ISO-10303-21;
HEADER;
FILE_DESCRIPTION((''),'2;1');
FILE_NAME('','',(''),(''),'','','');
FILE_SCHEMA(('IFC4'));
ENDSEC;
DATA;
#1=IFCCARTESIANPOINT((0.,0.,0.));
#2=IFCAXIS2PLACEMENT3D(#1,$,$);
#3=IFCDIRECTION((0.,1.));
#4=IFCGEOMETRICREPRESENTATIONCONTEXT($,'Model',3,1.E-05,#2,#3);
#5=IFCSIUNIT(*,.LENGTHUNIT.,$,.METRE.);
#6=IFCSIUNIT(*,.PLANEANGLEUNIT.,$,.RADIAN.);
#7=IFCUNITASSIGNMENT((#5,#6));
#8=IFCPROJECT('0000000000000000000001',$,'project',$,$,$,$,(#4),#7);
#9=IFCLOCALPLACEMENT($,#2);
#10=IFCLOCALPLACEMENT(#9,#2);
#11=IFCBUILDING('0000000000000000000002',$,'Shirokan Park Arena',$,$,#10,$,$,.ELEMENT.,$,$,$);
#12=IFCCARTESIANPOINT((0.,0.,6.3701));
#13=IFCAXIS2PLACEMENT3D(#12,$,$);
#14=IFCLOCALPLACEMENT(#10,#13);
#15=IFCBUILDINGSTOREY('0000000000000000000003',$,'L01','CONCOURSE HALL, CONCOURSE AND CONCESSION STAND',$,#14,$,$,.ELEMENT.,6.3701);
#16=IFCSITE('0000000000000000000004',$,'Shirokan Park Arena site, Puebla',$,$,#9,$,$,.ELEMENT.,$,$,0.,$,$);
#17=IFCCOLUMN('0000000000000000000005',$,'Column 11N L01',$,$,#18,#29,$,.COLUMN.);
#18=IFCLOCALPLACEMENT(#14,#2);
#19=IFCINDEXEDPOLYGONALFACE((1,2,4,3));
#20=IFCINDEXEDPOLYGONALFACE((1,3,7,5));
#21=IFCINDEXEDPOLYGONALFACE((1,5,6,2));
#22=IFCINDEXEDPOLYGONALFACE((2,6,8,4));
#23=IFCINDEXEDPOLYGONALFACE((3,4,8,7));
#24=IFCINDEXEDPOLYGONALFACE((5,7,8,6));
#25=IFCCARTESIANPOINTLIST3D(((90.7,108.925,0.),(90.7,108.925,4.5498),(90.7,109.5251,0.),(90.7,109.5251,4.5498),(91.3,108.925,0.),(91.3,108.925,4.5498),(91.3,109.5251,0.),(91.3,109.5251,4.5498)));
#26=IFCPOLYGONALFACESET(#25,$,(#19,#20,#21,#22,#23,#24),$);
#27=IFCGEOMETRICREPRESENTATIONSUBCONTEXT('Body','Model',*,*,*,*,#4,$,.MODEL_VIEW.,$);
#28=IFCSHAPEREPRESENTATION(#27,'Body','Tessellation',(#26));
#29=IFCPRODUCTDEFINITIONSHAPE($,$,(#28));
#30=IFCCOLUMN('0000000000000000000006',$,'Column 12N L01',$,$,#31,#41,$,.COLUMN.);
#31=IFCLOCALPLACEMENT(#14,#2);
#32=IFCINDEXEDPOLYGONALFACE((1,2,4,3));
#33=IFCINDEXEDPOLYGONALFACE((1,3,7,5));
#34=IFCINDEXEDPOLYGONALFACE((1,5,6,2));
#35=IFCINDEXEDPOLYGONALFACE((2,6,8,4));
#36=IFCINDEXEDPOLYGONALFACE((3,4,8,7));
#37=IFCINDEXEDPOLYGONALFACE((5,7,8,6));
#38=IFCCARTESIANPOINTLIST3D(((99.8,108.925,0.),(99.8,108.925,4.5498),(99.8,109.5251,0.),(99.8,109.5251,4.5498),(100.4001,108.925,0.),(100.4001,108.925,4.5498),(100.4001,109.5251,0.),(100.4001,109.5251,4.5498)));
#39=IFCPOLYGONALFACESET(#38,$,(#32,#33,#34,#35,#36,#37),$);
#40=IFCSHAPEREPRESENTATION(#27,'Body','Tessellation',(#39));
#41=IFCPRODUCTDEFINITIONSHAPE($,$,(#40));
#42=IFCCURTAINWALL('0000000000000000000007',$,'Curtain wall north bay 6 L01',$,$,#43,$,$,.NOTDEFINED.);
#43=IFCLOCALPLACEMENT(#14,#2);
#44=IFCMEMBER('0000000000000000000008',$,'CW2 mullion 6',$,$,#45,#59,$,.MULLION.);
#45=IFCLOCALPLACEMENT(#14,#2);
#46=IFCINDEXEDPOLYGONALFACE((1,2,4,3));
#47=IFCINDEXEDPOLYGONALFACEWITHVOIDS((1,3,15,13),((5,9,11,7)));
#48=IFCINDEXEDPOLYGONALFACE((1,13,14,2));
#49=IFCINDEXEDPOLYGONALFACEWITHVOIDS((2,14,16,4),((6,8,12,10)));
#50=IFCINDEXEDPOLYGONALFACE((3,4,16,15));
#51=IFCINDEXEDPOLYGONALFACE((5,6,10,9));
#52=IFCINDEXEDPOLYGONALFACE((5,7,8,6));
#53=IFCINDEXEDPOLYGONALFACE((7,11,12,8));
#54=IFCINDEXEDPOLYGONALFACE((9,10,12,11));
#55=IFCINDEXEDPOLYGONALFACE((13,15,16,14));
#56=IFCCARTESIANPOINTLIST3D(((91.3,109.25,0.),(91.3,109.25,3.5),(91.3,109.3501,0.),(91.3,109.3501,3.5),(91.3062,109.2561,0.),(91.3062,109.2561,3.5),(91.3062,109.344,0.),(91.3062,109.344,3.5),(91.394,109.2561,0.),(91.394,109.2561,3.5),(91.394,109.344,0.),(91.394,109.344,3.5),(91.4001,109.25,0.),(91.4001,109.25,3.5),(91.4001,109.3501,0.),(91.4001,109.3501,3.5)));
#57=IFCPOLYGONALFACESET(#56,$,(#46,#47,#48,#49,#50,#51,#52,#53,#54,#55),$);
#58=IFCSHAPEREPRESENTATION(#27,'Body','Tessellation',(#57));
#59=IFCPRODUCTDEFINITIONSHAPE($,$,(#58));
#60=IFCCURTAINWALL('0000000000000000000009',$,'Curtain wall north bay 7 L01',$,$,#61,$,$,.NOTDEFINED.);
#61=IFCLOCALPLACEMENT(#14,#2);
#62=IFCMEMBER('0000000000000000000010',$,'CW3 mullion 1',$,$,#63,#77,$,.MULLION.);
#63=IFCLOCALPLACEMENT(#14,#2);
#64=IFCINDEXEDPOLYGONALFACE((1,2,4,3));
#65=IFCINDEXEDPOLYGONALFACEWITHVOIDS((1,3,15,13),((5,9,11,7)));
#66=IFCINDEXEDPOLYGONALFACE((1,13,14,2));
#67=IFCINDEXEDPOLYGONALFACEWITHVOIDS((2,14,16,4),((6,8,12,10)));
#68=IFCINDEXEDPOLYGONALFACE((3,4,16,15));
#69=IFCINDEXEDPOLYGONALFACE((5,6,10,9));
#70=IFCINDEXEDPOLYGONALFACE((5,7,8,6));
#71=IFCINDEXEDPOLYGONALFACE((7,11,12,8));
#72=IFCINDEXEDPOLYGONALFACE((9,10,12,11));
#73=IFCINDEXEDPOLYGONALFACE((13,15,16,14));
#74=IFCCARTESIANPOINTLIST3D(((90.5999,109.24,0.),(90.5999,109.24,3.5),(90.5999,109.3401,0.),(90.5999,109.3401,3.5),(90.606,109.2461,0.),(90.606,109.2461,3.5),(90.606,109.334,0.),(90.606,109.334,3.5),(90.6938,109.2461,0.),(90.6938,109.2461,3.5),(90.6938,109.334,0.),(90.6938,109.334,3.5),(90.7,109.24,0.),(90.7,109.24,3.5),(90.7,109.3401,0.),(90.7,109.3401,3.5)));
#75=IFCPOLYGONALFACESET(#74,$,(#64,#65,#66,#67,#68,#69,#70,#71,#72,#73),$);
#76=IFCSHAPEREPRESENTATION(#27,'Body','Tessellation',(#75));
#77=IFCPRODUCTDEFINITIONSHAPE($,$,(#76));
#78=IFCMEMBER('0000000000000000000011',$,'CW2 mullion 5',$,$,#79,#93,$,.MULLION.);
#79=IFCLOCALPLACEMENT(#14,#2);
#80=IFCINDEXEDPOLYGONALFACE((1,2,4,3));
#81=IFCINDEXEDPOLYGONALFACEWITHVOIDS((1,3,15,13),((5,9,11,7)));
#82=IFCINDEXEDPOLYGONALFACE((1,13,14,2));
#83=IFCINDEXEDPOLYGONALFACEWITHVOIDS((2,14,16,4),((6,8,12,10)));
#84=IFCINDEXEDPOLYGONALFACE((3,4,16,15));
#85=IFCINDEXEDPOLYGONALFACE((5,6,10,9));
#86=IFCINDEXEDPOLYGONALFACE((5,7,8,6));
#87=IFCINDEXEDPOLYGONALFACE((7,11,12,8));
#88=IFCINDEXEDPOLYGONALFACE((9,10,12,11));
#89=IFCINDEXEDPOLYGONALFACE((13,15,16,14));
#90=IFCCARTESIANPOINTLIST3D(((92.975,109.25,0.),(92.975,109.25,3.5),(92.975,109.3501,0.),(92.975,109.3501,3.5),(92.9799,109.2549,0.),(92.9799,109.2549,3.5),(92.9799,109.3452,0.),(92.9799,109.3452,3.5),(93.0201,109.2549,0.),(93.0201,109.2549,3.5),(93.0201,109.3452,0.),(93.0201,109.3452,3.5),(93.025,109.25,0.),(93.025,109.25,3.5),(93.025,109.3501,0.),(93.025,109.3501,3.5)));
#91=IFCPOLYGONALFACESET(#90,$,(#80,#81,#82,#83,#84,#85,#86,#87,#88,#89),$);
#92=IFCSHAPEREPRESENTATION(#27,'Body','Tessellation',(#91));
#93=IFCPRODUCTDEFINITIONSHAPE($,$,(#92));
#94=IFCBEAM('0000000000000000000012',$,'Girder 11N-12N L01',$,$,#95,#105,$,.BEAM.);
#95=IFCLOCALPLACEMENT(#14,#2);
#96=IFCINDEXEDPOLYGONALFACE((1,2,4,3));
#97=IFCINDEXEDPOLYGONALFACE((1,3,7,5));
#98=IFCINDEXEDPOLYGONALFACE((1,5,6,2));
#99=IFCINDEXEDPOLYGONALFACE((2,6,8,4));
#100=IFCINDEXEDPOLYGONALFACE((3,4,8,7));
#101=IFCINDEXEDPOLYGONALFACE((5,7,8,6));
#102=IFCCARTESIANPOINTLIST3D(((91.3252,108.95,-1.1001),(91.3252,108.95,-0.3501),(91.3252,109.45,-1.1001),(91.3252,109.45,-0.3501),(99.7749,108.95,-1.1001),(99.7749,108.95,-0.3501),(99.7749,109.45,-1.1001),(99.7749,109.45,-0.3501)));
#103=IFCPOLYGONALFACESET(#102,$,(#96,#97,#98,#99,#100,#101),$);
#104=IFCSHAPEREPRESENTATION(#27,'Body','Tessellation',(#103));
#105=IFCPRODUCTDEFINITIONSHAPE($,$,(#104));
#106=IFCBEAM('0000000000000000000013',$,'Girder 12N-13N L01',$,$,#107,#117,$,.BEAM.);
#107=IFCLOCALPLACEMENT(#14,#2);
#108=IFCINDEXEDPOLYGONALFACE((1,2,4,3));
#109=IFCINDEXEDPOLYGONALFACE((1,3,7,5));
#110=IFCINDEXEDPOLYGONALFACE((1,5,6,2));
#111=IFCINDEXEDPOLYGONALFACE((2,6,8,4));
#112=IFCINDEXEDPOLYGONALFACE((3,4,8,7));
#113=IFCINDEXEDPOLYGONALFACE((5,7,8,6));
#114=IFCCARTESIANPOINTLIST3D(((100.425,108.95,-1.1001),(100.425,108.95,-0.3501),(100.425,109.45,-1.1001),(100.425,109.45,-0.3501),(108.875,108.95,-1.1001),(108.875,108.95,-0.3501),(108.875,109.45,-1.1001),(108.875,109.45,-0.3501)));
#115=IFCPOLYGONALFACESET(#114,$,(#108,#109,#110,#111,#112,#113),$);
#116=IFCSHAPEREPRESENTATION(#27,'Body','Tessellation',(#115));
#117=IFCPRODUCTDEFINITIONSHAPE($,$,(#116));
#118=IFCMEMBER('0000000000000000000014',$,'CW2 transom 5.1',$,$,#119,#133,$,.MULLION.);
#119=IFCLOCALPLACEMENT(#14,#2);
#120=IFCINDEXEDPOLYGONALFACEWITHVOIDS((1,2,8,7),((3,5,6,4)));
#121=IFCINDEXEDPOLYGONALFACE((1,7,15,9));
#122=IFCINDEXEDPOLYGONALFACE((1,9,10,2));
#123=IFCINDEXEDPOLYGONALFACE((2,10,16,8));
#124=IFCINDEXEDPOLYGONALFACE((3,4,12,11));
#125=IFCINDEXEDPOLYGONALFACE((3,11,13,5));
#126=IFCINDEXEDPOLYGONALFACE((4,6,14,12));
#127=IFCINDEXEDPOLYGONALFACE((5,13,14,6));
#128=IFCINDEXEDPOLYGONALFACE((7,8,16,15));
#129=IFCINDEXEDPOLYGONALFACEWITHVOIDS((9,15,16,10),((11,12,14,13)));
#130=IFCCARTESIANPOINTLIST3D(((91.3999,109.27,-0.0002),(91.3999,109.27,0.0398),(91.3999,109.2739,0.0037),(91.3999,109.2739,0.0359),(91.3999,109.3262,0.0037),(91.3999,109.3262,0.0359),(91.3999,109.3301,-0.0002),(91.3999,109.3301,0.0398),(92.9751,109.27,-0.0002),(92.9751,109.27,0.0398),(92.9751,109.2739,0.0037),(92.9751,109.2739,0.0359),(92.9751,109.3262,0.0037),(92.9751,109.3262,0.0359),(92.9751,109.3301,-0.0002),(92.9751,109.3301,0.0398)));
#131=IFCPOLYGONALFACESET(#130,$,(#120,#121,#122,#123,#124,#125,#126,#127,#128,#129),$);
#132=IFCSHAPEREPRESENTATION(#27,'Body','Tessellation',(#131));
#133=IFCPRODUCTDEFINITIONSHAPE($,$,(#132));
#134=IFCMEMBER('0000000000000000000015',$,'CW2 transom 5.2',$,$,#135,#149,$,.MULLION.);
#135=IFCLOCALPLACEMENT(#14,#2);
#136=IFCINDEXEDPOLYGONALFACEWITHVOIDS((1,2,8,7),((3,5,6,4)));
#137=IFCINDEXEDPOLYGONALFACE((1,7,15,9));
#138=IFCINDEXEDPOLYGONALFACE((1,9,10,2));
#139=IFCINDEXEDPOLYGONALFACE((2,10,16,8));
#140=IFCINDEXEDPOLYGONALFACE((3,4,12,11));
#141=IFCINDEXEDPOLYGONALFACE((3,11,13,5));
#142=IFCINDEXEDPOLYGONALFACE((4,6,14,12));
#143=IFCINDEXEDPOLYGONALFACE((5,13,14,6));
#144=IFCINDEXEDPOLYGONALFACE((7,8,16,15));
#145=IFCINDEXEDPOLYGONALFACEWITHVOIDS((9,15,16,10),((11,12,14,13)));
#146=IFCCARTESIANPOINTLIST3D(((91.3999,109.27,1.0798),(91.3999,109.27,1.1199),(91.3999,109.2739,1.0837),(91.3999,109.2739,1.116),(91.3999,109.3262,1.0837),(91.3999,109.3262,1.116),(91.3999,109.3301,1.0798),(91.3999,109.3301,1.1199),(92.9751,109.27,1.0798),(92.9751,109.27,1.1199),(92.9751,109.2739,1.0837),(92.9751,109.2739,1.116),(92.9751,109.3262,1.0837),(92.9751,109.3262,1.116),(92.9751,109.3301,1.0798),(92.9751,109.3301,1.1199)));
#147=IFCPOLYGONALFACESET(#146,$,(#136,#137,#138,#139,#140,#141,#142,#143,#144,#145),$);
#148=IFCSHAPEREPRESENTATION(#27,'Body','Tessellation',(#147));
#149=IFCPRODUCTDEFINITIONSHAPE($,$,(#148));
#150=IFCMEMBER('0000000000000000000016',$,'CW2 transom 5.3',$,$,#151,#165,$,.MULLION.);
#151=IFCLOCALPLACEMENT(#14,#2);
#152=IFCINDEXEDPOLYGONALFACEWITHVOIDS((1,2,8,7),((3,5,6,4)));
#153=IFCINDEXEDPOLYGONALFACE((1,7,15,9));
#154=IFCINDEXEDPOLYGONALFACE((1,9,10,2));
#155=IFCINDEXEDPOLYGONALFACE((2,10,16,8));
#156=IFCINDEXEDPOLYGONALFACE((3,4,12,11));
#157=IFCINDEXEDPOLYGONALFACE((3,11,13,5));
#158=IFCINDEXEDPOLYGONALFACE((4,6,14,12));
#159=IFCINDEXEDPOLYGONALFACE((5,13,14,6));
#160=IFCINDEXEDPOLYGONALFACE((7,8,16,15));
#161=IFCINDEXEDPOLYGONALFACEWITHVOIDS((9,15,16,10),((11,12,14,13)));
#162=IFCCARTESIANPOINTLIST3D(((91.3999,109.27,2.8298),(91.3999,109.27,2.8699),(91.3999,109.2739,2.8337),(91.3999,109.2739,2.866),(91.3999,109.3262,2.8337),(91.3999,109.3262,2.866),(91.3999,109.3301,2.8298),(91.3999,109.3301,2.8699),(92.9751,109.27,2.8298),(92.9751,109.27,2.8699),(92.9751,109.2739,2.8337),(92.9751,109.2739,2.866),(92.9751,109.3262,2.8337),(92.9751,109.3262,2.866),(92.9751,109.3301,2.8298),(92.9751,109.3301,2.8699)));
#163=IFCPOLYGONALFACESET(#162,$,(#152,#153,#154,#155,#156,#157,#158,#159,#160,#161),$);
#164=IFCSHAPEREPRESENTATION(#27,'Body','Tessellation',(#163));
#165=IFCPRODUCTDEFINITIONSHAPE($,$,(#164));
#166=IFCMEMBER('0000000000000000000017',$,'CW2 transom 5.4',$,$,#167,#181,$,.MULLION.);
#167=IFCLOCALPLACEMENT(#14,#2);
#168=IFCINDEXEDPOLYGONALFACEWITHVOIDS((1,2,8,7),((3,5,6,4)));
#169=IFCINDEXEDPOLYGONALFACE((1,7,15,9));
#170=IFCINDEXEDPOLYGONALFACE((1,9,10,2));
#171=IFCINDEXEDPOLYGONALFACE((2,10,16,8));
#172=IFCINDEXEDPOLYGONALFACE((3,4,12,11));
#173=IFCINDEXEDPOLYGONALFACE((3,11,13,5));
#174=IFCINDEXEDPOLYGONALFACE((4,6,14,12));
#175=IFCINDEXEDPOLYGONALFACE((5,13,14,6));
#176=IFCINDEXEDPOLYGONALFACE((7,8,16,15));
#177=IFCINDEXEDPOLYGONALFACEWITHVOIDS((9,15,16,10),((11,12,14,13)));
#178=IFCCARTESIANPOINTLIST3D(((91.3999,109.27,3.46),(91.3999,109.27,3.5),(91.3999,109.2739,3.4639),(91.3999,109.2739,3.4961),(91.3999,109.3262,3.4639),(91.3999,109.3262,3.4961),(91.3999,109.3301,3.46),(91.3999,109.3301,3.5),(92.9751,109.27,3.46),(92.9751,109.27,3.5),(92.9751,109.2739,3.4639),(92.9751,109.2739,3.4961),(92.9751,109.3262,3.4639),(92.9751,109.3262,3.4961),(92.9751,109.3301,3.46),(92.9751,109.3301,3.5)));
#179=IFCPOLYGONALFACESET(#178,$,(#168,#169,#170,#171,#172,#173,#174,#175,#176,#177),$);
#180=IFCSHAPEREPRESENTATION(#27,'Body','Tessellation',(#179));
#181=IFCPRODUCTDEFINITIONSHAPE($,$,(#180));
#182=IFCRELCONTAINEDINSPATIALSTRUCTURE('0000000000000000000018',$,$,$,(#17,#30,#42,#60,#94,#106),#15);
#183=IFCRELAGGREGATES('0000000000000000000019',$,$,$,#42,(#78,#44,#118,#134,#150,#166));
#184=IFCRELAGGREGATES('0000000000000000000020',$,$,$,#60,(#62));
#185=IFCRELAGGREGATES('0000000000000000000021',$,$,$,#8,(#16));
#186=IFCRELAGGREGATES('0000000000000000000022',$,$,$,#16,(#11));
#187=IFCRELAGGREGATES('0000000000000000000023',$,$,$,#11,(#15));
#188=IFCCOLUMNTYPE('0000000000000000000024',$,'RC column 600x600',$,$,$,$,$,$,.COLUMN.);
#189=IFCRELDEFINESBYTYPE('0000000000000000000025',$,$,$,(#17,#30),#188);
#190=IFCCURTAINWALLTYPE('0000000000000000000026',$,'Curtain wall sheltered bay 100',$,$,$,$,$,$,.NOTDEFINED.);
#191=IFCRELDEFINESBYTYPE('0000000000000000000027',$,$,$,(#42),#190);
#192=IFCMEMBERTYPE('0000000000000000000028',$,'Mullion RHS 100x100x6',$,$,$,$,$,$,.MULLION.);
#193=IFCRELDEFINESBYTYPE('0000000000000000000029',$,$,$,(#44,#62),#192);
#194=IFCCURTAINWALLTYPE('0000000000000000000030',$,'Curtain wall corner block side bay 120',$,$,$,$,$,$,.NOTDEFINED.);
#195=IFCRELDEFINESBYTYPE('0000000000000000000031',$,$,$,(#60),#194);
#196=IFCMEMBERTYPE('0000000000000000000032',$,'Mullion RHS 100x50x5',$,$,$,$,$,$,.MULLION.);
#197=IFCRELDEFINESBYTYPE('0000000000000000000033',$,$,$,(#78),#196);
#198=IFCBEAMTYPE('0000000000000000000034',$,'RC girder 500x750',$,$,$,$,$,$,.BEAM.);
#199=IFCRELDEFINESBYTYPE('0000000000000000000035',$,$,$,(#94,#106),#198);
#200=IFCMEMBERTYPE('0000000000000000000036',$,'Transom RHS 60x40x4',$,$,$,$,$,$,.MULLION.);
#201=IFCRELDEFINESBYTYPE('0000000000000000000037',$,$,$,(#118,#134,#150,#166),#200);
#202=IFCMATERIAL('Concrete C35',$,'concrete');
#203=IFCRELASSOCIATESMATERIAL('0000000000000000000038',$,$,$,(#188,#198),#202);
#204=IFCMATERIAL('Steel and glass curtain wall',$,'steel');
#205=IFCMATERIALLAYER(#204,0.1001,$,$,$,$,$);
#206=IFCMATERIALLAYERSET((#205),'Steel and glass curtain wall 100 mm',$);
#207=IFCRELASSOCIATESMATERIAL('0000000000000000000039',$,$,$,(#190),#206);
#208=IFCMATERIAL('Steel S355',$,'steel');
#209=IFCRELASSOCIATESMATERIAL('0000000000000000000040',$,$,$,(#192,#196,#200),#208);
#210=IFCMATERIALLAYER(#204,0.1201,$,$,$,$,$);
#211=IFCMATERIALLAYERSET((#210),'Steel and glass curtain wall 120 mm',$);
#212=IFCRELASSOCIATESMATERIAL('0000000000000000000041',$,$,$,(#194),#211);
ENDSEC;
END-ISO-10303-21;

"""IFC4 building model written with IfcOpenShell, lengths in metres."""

from ifc_helpers import new_model, si_unit, direction, frame, origin, origin_2d, place, context, subcontext, project, spatial, rectangle, hollow_rectangle, extrude, material, layer, layer_set, material_profile, profile_set, type_object, element, aggregate, save


model = new_model("IFC4")

# Units and contexts
model_context = context("Model", 3, precision=1e-05, world=origin(), true_north=direction((0.0, 1.0)))
body_context = subcontext(model_context, "Body", "Model", "MODEL_VIEW")
ifc_project = project(units=[si_unit("LENGTHUNIT", "METRE"), si_unit("PLANEANGLEUNIT", "RADIAN")], contexts=[model_context])

# Site, building, storey
site_placement = place(None, origin())
site = spatial("IfcSite", under=ifc_project, at=site_placement, Name="Shirokan Park Arena site, Puebla", CompositionType="ELEMENT", RefElevation=0.0)
building_placement = place(site_placement, origin())
building = spatial("IfcBuilding", under=site, at=building_placement, Name="Shirokan Park Arena", CompositionType="ELEMENT")
storey_placement = place(building_placement, frame((0.0, 0.0, 6.3701)))
storey = spatial("IfcBuildingStorey", under=building, at=storey_placement, Name="L01", Description="CONCOURSE HALL, CONCOURSE AND CONCESSION STAND", CompositionType="ELEMENT", Elevation=6.3701)

# Columns
ifc_material_1 = material(Name="Concrete C35", Category="concrete")
ifc_material_profile_1 = material_profile(ifc_material_1, rectangle(XDim=0.6001, YDim=0.6001, at=origin_2d()), Name="600x600")
ifc_profile_set_1 = profile_set([ifc_material_profile_1], Name="Concrete C35")
column_type = type_object("IfcColumnType", Name="RC column 600x600", PredefinedType="COLUMN", material=ifc_profile_set_1)
for number, where, z_axis, x_axis, name in (
    (1, (91.0, 109.2251, 0.0), (0.0, 0.0, 1.0), (1.0, 0.0, 0.0), "Column 11N L01"),
    (2, (100.1001, 109.2251, 0.0), (0.0, 0.0, 1.0), (1.0, 0.0, 0.0), "Column 12N L01"),
):
    element("IfcColumn", number, at=place(storey_placement, frame(where, z_axis=z_axis, x_axis=x_axis)), inside=storey, type_object=column_type, Name=name, PredefinedType="COLUMN", context=body_context, shape_type="SweptSolid", body=[
        extrude(rectangle(XDim=0.6001, YDim=0.6001, at=origin_2d()), origin(), (0.0, 0.0, 1.0), 4.5498),
    ])

# Curtain walls, members
ifc_material_2 = material(Name="Steel and glass curtain wall", Category="steel")
ifc_layer_1 = layer(ifc_material_2, 0.1001)
ifc_layer_set_1 = layer_set([ifc_layer_1], Name="Steel and glass curtain wall 100 mm")
curtain_wall_type_1 = type_object("IfcCurtainWallType", Name="Curtain wall sheltered bay 100", PredefinedType="NOTDEFINED", material=ifc_layer_set_1)
curtain_wall_1_placement = place(storey_placement, origin())
curtain_wall_1 = element("IfcCurtainWall", 3, at=curtain_wall_1_placement, inside=storey, type_object=curtain_wall_type_1, Name="Curtain wall north bay 6 L01", PredefinedType="NOTDEFINED")
ifc_material_3 = material(Name="Steel S355", Category="steel")
ifc_material_profile_2 = material_profile(ifc_material_3, hollow_rectangle(XDim=0.1001, YDim=0.1001, WallThickness=0.0061, at=origin_2d()), Name="RHS 100x100x6")
ifc_profile_set_2 = profile_set([ifc_material_profile_2], Name="Steel S355")
member_type_1 = type_object("IfcMemberType", Name="Mullion RHS 100x100x6", PredefinedType="MULLION", material=ifc_profile_set_2)
member_1_placement = place(storey_placement, frame((91.3501, 109.3, 0.0), z_axis=(0.0, 0.0, 1.0), x_axis=(0.0, -1.0, 0.0)))
member_1 = element("IfcMember", 4, at=member_1_placement, type_object=member_type_1, Name="CW2 mullion 6", PredefinedType="MULLION", context=body_context, shape_type="SweptSolid", body=[
    extrude(hollow_rectangle(XDim=0.1001, YDim=0.1001, WallThickness=0.0061, at=origin_2d()), origin(), (0.0, 0.0, 1.0), 3.5),
])
ifc_layer_2 = layer(ifc_material_2, 0.1201)
ifc_layer_set_2 = layer_set([ifc_layer_2], Name="Steel and glass curtain wall 120 mm")
curtain_wall_type_2 = type_object("IfcCurtainWallType", Name="Curtain wall corner block side bay 120", PredefinedType="NOTDEFINED", material=ifc_layer_set_2)
curtain_wall_2_placement = place(storey_placement, origin())
curtain_wall_2 = element("IfcCurtainWall", 5, at=curtain_wall_2_placement, inside=storey, type_object=curtain_wall_type_2, Name="Curtain wall north bay 7 L01", PredefinedType="NOTDEFINED")
member_2_placement = place(storey_placement, frame((90.6499, 109.29, 0.0), z_axis=(0.0, 0.0, 1.0), x_axis=(0.0, -1.0, 0.0)))
member_2 = element("IfcMember", 6, at=member_2_placement, type_object=member_type_1, Name="CW3 mullion 1", PredefinedType="MULLION", context=body_context, shape_type="SweptSolid", body=[
    extrude(hollow_rectangle(XDim=0.1001, YDim=0.1001, WallThickness=0.0061, at=origin_2d()), origin(), (0.0, 0.0, 1.0), 3.5),
])

# Member
ifc_material_profile_3 = material_profile(ifc_material_3, hollow_rectangle(XDim=0.1001, YDim=0.05, WallThickness=0.0049, at=origin_2d()), Name="RHS 100x50x5")
ifc_profile_set_3 = profile_set([ifc_material_profile_3], Name="Steel S355")
member_type_2 = type_object("IfcMemberType", Name="Mullion RHS 100x50x5", PredefinedType="MULLION", material=ifc_profile_set_3)
member_3_placement = place(storey_placement, frame((93.0, 109.3, 0.0), z_axis=(0.0, 0.0, 1.0), x_axis=(0.0, -1.0, 0.0)))
member_3 = element("IfcMember", 7, at=member_3_placement, type_object=member_type_2, Name="CW2 mullion 5", PredefinedType="MULLION", context=body_context, shape_type="SweptSolid", body=[
    extrude(hollow_rectangle(XDim=0.1001, YDim=0.05, WallThickness=0.0049, at=origin_2d()), origin(), (0.0, 0.0, 1.0), 3.5),
])

# Beams
ifc_material_profile_4 = material_profile(ifc_material_1, rectangle(XDim=0.5, YDim=0.75, at=origin_2d()), Name="500x750")
ifc_profile_set_4 = profile_set([ifc_material_profile_4], Name="Concrete C35")
beam_type = type_object("IfcBeamType", Name="RC girder 500x750", PredefinedType="BEAM", material=ifc_profile_set_4)
beam_1_placement = place(storey_placement, frame((91.3252, 109.2, -0.7251), z_axis=(1.0, 0.0, 0.0), x_axis=(0.0, 1.0, 0.0)))
element("IfcBeam", 8, at=beam_1_placement, inside=storey, type_object=beam_type, Name="Girder 11N-12N L01", PredefinedType="BEAM", context=body_context, shape_type="SweptSolid", body=[
    extrude(rectangle(XDim=0.5, YDim=0.75, at=origin_2d()), origin(), (0.0, 0.0, 1.0), 8.4497),
])
beam_2_placement = place(storey_placement, frame((100.425, 109.2, -0.7251), z_axis=(1.0, 0.0, 0.0), x_axis=(0.0, 1.0, 0.0)))
element("IfcBeam", 9, at=beam_2_placement, inside=storey, type_object=beam_type, Name="Girder 12N-13N L01", PredefinedType="BEAM", context=body_context, shape_type="SweptSolid", body=[
    extrude(rectangle(XDim=0.5, YDim=0.75, at=origin_2d()), origin(), (0.0, 0.0, 1.0), 8.45),
])

# Members
ifc_material_profile_5 = material_profile(ifc_material_3, hollow_rectangle(XDim=0.0601, YDim=0.04, WallThickness=0.0039, at=origin_2d()), Name="RHS 60x40x4")
ifc_profile_set_5 = profile_set([ifc_material_profile_5], Name="Steel S355")
member_type_3 = type_object("IfcMemberType", Name="Transom RHS 60x40x4", PredefinedType="MULLION", material=ifc_profile_set_5)
member_4_placement = place(storey_placement, frame((92.9751, 109.3, 0.0198), z_axis=(-1.0, 0.0, 0.0), x_axis=(0.0, -1.0, 0.0)))
member_4 = element("IfcMember", 10, at=member_4_placement, type_object=member_type_3, Name="CW2 transom 5.1", PredefinedType="MULLION", context=body_context, shape_type="SweptSolid", body=[
    extrude(hollow_rectangle(XDim=0.0601, YDim=0.04, WallThickness=0.0039, at=origin_2d()), origin(), (0.0, 0.0, 1.0), 1.5752),
])
member_5_placement = place(storey_placement, frame((92.9751, 109.3, 1.0999), z_axis=(-1.0, 0.0, 0.0), x_axis=(0.0, -1.0, 0.0)))
member_5 = element("IfcMember", 11, at=member_5_placement, type_object=member_type_3, Name="CW2 transom 5.2", PredefinedType="MULLION", context=body_context, shape_type="SweptSolid", body=[
    extrude(hollow_rectangle(XDim=0.0601, YDim=0.04, WallThickness=0.0039, at=origin_2d()), origin(), (0.0, 0.0, 1.0), 1.5752),
])
member_6_placement = place(storey_placement, frame((92.9751, 109.3, 2.8499), z_axis=(-1.0, 0.0, 0.0), x_axis=(0.0, -1.0, 0.0)))
member_6 = element("IfcMember", 12, at=member_6_placement, type_object=member_type_3, Name="CW2 transom 5.3", PredefinedType="MULLION", context=body_context, shape_type="SweptSolid", body=[
    extrude(hollow_rectangle(XDim=0.0601, YDim=0.04, WallThickness=0.0039, at=origin_2d()), origin(), (0.0, 0.0, 1.0), 1.5752),
])
member_7_placement = place(storey_placement, frame((92.9751, 109.3, 3.48), z_axis=(-1.0, 0.0, 0.0), x_axis=(0.0, -1.0, 0.0)))
member_7 = element("IfcMember", 13, at=member_7_placement, type_object=member_type_3, Name="CW2 transom 5.4", PredefinedType="MULLION", context=body_context, shape_type="SweptSolid", body=[
    extrude(hollow_rectangle(XDim=0.0601, YDim=0.04, WallThickness=0.0039, at=origin_2d()), origin(), (0.0, 0.0, 1.0), 1.5752),
])

aggregate(curtain_wall_1, [member_3, member_1, member_4, member_5, member_6, member_7])
aggregate(curtain_wall_2, [member_2])

save(model, "model.ifc")
